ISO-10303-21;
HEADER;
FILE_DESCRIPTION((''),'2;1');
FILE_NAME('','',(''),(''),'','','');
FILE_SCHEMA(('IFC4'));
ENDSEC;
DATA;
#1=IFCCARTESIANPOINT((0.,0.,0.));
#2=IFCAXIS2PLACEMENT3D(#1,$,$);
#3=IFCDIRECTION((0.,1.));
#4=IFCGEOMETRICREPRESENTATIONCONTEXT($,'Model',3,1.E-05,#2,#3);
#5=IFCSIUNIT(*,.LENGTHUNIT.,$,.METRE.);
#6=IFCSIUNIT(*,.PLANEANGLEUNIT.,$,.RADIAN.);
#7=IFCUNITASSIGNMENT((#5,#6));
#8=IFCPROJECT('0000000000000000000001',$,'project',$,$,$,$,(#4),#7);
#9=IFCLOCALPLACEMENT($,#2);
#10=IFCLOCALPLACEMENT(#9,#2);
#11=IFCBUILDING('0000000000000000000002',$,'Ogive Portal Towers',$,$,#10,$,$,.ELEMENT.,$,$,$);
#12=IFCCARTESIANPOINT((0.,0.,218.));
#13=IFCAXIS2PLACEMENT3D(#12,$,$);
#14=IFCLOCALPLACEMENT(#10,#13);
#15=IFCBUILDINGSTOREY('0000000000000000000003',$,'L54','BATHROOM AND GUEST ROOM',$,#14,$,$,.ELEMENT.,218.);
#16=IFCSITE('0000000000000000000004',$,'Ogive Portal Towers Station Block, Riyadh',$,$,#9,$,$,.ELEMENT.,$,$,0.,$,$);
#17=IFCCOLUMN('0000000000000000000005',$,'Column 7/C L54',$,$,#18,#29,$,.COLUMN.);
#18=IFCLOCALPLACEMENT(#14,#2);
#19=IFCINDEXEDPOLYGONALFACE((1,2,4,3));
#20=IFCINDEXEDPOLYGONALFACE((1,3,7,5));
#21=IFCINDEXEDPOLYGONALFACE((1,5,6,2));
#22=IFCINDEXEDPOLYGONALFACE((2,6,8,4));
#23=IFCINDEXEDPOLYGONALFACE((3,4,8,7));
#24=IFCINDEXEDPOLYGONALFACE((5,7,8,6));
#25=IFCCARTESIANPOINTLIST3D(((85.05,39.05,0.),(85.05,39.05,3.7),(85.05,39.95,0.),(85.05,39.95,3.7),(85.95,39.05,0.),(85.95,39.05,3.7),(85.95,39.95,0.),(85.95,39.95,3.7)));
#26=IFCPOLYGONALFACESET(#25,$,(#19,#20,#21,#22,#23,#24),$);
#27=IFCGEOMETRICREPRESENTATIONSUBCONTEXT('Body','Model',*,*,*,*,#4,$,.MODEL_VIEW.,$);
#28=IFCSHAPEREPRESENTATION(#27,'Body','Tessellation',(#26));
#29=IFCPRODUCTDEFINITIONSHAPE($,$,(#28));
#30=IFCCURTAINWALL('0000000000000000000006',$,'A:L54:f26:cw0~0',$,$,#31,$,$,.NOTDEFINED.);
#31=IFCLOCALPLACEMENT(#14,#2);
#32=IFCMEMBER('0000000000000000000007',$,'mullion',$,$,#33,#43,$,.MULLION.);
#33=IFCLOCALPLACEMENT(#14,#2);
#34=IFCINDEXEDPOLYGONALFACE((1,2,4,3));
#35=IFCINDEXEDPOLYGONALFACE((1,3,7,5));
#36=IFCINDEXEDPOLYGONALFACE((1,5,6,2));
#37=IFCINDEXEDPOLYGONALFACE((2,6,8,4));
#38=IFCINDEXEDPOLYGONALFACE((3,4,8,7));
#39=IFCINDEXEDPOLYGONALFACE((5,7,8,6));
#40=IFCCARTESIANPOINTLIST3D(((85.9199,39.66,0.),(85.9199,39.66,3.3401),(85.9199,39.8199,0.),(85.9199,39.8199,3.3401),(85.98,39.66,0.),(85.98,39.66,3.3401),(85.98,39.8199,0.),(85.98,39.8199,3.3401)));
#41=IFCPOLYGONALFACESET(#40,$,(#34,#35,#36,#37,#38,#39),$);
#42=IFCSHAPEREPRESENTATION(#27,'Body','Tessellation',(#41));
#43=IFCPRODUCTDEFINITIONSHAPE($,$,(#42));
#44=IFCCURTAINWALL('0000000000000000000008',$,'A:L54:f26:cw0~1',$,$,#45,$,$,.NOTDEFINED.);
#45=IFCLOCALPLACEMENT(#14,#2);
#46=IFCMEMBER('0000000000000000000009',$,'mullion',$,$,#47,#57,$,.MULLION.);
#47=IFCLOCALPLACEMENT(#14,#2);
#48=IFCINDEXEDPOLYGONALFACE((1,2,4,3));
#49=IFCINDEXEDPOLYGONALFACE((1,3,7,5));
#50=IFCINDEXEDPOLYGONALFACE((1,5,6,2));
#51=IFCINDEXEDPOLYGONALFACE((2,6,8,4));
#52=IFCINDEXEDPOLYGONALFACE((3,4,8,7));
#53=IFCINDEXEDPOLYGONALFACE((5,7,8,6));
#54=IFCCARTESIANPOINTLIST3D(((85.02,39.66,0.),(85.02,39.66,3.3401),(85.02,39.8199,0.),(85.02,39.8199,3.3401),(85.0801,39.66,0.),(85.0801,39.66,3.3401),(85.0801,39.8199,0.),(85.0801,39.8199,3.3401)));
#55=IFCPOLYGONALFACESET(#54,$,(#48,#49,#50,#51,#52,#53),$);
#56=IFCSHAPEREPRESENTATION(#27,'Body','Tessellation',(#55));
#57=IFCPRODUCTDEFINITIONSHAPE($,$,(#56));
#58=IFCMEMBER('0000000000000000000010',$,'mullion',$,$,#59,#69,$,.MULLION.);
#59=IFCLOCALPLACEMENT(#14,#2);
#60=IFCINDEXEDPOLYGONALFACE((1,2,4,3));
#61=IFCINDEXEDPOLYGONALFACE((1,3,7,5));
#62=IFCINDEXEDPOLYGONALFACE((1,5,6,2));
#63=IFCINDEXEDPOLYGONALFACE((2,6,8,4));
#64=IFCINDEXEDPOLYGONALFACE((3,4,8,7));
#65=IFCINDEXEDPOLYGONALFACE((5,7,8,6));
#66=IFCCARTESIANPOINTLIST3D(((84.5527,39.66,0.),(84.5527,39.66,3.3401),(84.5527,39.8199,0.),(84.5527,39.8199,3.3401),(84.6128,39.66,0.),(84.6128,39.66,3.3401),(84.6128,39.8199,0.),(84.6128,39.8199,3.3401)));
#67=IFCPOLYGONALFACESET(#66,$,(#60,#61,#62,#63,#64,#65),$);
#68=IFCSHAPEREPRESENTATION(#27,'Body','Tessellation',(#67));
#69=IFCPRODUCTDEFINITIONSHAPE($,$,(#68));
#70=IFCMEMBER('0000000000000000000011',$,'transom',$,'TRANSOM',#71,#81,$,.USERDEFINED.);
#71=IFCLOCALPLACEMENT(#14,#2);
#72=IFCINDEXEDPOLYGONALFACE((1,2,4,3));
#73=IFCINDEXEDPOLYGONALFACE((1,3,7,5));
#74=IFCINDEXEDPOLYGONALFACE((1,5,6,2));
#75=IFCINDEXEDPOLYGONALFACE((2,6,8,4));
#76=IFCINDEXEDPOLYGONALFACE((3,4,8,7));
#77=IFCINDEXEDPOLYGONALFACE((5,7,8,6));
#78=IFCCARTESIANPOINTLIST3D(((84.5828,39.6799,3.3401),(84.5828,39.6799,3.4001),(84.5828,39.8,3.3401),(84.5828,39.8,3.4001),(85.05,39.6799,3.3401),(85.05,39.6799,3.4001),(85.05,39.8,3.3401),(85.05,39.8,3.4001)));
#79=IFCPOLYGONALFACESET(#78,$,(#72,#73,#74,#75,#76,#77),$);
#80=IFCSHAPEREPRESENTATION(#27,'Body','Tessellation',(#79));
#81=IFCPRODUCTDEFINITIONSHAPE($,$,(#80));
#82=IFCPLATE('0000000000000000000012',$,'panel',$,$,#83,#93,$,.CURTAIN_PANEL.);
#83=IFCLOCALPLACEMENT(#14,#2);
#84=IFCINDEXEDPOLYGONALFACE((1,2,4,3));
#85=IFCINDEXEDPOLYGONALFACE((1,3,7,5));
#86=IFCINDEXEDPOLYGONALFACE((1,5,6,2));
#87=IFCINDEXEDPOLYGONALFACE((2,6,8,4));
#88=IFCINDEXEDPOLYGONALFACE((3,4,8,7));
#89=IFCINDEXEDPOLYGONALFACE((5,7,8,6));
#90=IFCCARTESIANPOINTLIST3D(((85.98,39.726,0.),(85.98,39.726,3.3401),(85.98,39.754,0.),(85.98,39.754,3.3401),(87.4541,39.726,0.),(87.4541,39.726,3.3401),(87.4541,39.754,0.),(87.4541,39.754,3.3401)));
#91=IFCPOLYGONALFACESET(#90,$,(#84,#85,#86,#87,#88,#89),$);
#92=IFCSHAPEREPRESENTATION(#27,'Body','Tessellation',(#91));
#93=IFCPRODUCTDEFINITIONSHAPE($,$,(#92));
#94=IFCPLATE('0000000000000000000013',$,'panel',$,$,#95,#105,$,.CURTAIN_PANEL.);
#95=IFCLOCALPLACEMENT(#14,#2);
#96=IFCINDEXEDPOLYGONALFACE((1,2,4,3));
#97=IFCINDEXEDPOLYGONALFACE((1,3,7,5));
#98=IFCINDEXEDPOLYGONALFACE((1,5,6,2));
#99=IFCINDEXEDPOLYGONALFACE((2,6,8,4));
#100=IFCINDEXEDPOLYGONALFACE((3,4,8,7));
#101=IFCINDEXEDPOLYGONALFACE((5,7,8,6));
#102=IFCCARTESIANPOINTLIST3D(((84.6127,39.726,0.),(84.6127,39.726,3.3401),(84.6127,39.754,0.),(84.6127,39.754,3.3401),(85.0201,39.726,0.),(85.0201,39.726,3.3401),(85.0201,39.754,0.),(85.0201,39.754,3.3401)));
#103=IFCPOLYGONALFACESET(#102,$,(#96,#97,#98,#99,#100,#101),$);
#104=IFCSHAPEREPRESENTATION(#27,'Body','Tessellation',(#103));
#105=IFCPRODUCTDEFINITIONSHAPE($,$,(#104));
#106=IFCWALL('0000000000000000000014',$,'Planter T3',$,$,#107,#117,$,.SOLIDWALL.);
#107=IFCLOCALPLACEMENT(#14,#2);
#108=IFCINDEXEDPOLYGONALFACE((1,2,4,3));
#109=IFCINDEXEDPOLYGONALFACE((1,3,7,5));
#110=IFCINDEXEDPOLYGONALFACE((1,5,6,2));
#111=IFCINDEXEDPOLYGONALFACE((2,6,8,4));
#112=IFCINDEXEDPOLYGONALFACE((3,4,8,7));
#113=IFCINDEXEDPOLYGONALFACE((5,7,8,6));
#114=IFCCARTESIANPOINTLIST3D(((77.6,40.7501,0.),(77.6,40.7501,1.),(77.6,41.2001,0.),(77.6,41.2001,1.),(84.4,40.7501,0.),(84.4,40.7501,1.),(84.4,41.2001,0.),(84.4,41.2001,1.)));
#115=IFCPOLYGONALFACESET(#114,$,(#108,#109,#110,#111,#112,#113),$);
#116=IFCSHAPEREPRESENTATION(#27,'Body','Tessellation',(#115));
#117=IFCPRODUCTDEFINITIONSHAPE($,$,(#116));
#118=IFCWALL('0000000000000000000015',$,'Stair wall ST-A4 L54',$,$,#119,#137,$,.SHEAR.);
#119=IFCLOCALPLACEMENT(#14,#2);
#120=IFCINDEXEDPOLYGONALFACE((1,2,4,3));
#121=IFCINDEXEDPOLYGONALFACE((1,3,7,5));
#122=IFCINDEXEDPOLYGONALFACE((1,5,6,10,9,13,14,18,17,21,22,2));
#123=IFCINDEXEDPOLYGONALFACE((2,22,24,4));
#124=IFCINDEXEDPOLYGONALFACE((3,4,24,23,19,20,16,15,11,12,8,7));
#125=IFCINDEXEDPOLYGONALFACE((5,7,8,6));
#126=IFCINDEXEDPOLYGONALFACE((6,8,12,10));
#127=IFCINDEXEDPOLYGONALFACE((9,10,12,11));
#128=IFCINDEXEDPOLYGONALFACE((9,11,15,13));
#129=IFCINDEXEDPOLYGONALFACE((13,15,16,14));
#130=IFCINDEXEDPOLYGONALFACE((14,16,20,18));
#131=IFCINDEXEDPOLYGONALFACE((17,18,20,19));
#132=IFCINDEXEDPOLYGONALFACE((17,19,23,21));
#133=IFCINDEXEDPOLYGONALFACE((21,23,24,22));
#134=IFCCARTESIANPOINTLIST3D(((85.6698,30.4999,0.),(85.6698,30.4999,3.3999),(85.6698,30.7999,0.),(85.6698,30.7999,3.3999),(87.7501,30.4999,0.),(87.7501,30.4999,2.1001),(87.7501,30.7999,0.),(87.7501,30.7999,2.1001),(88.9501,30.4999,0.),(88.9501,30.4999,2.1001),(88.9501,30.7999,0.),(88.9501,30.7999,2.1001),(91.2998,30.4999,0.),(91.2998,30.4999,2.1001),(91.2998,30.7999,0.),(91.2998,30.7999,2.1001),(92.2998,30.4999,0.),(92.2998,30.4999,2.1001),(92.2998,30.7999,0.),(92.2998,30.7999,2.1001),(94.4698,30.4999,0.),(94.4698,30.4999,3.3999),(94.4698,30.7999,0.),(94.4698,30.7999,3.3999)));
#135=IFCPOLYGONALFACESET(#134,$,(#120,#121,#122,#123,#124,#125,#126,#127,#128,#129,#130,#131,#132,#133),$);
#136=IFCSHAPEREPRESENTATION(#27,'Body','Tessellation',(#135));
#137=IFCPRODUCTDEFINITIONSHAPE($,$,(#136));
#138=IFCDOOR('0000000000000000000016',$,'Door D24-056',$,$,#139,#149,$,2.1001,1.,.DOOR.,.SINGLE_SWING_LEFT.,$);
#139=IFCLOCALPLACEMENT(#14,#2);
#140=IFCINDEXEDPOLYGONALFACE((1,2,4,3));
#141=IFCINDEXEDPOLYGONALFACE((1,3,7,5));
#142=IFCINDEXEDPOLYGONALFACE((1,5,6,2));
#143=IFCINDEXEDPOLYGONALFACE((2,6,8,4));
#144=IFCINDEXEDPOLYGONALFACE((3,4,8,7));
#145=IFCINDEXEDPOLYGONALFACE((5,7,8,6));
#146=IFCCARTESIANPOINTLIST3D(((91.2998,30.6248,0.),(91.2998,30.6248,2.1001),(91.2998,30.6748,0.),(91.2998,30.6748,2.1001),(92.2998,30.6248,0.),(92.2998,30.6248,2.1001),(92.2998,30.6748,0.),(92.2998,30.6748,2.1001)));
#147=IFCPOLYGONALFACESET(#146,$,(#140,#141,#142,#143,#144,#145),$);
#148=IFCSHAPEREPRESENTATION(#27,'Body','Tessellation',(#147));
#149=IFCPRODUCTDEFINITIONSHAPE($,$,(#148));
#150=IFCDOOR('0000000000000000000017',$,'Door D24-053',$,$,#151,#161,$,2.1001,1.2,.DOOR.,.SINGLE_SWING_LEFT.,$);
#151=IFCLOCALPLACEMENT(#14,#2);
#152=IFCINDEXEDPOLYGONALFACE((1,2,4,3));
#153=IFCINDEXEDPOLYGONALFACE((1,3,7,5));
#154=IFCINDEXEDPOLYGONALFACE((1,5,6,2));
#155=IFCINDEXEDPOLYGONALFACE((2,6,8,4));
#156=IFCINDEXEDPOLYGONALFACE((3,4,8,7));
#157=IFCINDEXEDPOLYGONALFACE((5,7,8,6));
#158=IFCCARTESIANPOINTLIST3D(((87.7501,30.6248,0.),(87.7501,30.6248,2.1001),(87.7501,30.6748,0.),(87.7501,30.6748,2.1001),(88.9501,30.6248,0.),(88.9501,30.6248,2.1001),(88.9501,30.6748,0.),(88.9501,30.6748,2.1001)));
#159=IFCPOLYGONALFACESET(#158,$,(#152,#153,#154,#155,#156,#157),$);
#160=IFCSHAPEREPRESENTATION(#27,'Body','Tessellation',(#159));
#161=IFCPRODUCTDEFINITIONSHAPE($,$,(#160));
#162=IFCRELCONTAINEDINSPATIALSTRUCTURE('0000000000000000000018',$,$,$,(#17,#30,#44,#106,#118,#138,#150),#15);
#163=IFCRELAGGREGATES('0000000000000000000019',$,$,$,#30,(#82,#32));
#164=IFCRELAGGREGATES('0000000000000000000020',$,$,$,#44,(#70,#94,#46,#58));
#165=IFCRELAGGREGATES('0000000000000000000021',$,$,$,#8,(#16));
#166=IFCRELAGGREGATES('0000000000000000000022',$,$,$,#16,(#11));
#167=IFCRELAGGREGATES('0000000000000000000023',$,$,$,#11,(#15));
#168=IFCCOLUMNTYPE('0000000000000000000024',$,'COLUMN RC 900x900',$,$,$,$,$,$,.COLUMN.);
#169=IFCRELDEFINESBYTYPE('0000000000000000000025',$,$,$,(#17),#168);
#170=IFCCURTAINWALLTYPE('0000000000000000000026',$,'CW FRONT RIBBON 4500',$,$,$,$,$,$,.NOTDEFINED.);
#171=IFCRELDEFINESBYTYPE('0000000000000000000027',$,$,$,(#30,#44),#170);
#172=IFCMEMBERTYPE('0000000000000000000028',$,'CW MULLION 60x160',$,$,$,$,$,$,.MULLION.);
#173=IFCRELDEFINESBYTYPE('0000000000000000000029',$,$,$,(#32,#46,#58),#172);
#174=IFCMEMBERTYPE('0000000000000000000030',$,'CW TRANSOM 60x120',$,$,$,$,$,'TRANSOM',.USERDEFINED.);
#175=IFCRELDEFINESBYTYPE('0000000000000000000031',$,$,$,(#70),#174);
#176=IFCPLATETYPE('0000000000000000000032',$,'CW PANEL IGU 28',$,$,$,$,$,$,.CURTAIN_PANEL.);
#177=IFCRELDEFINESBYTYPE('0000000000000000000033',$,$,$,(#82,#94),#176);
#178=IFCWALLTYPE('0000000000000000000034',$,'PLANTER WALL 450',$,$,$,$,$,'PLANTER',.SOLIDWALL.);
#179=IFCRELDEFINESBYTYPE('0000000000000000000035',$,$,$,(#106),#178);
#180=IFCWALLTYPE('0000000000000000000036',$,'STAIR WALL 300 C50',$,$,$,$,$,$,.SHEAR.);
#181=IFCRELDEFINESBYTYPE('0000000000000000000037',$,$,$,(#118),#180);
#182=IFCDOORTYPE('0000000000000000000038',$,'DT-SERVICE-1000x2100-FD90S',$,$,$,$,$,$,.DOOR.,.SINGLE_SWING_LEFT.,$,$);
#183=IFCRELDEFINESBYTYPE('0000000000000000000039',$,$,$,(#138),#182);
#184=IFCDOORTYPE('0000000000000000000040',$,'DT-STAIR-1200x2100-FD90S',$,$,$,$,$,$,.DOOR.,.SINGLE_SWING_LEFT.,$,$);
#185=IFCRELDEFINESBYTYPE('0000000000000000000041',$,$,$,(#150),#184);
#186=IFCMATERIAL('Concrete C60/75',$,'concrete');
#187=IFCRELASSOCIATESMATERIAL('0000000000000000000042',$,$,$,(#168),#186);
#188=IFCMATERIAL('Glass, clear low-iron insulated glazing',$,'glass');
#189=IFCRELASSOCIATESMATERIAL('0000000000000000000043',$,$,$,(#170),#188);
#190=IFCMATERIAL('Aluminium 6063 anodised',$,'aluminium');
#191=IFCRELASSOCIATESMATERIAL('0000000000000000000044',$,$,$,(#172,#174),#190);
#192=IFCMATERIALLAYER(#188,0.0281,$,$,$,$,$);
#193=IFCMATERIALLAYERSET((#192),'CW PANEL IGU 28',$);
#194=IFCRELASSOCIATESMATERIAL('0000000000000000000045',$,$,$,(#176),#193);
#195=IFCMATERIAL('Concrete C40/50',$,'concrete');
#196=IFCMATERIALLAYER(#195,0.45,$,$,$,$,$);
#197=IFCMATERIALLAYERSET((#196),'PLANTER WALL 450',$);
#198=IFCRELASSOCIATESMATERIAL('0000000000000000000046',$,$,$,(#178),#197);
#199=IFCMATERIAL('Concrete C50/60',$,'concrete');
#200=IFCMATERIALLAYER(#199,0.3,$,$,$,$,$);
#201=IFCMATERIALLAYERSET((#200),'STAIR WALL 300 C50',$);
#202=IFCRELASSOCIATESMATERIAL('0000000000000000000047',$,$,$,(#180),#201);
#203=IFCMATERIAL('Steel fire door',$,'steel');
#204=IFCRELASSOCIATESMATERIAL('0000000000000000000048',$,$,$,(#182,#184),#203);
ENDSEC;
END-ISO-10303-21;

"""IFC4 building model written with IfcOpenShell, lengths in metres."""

from ifc_helpers import new_model, si_unit, direction, frame, frame_2d, origin, origin_2d, place, context, subcontext, project, spatial, rectangle, extrude, material, layer, layer_set, material_profile, profile_set, type_object, element, fill, aggregate, save


model = new_model("IFC4")

# Units and contexts
model_context = context("Model", 3, precision=1e-05, world=origin(), true_north=direction((0.0, 1.0)))
body_context = subcontext(model_context, "Body", "Model", "MODEL_VIEW")
ifc_project = project(units=[si_unit("LENGTHUNIT", "METRE"), si_unit("PLANEANGLEUNIT", "RADIAN")], contexts=[model_context])

# Site, building, storey
site_placement = place(None, origin())
site = spatial("IfcSite", under=ifc_project, at=site_placement, Name="Ogive Portal Towers Station Block, Riyadh", CompositionType="ELEMENT", RefElevation=0.0)
building_placement = place(site_placement, origin())
building = spatial("IfcBuilding", under=site, at=building_placement, Name="Ogive Portal Towers", CompositionType="ELEMENT")
storey_placement = place(building_placement, frame((0.0, 0.0, 218.0)))
storey = spatial("IfcBuildingStorey", under=building, at=storey_placement, Name="L54", Description="BATHROOM AND GUEST ROOM", CompositionType="ELEMENT", Elevation=218.0)

# Column
ifc_material_1 = material(Name="Concrete C60/75", Category="concrete")
ifc_material_profile_1 = material_profile(ifc_material_1, rectangle(XDim=0.8999, YDim=0.8999, at=origin_2d()), Name="RC 900x900")
ifc_profile_set_1 = profile_set([ifc_material_profile_1], Name="Concrete C60/75")
column_type = type_object("IfcColumnType", Name="COLUMN RC 900x900", PredefinedType="COLUMN", material=ifc_profile_set_1)
column_placement = place(storey_placement, frame((85.5, 39.5, 0.0), z_axis=(0.0, 0.0, 1.0), x_axis=(1.0, 0.0, 0.0)))
element("IfcColumn", 1, at=column_placement, inside=storey, type_object=column_type, Name="Column 7/C L54", PredefinedType="COLUMN", context=body_context, shape_type="SweptSolid", body=[
    extrude(rectangle(XDim=0.8999, YDim=0.8999, at=origin_2d()), origin(), (0.0, 0.0, 1.0), 3.7),
])

# Curtain wall, member
ifc_material_2 = material(Name="Glass, clear low-iron insulated glazing", Category="glass")
curtain_wall_type = type_object("IfcCurtainWallType", Name="CW FRONT RIBBON 4500", PredefinedType="NOTDEFINED", material=ifc_material_2)
curtain_wall_1_placement = place(storey_placement, origin())
curtain_wall_1 = element("IfcCurtainWall", 2, at=curtain_wall_1_placement, inside=storey, type_object=curtain_wall_type, Name="A:L54:f26:cw0~0", PredefinedType="NOTDEFINED")
ifc_material_3 = material(Name="Aluminium 6063 anodised", Category="aluminium")
ifc_material_profile_2 = material_profile(ifc_material_3, rectangle(XDim=0.1599, YDim=0.0601, at=origin_2d()), Name="AL 60x160")
ifc_profile_set_2 = profile_set([ifc_material_profile_2], Name="Aluminium 6063 anodised")
member_type_1 = type_object("IfcMemberType", Name="CW MULLION 60x160", PredefinedType="MULLION", material=ifc_profile_set_2)
member_1_placement = place(storey_placement, frame((85.95, 39.74, 0.0), z_axis=(0.0, 0.0, 1.0), x_axis=(0.0, -1.0, 0.0)))
member_1 = element("IfcMember", 3, at=member_1_placement, type_object=member_type_1, Name="mullion", PredefinedType="MULLION", context=body_context, shape_type="SweptSolid", body=[
    extrude(rectangle(XDim=0.1599, YDim=0.0601, at=origin_2d()), origin(), (0.0, 0.0, 1.0), 3.3401),
])

# Curtain wall, members
curtain_wall_2_placement = place(storey_placement, origin())
curtain_wall_2 = element("IfcCurtainWall", 4, at=curtain_wall_2_placement, inside=storey, type_object=curtain_wall_type, Name="A:L54:f26:cw0~1", PredefinedType="NOTDEFINED")
member_2_placement = place(storey_placement, frame((85.05, 39.74, 0.0), z_axis=(0.0, 0.0, 1.0), x_axis=(0.0, -1.0, 0.0)))
member_2 = element("IfcMember", 5, at=member_2_placement, type_object=member_type_1, Name="mullion", PredefinedType="MULLION", context=body_context, shape_type="SweptSolid", body=[
    extrude(rectangle(XDim=0.1599, YDim=0.0601, at=origin_2d()), origin(), (0.0, 0.0, 1.0), 3.3401),
])
member_3_placement = place(storey_placement, frame((84.5828, 39.74, 0.0), z_axis=(0.0, 0.0, 1.0), x_axis=(0.0, -1.0, 0.0)))
member_3 = element("IfcMember", 6, at=member_3_placement, type_object=member_type_1, Name="mullion", PredefinedType="MULLION", context=body_context, shape_type="SweptSolid", body=[
    extrude(rectangle(XDim=0.1599, YDim=0.0601, at=origin_2d()), origin(), (0.0, 0.0, 1.0), 3.3401),
])
ifc_material_profile_3 = material_profile(ifc_material_3, rectangle(XDim=0.1201, YDim=0.0601, at=origin_2d()), Name="AL 120x60")
ifc_profile_set_3 = profile_set([ifc_material_profile_3], Name="Aluminium 6063 anodised")
member_type_2 = type_object("IfcMemberType", Name="CW TRANSOM 60x120", ElementType="TRANSOM", PredefinedType="USERDEFINED", material=ifc_profile_set_3)
member_4_placement = place(storey_placement, frame((85.05, 39.74, 3.3701), z_axis=(-1.0, 0.0, 0.0), x_axis=(0.0, -1.0, 0.0)))
member_4 = element("IfcMember", 7, at=member_4_placement, type_object=member_type_2, Name="transom", ObjectType="TRANSOM", PredefinedType="USERDEFINED", context=body_context, shape_type="SweptSolid", body=[
    extrude(rectangle(XDim=0.1201, YDim=0.0601, at=origin_2d()), origin(), (0.0, 0.0, 1.0), 0.4673),
])

# Plates
ifc_layer_1 = layer(ifc_material_2, 0.0281)
ifc_layer_set_1 = layer_set([ifc_layer_1], Name="CW PANEL IGU 28")
plate_type = type_object("IfcPlateType", Name="CW PANEL IGU 28", PredefinedType="CURTAIN_PANEL", material=ifc_layer_set_1)
plate_1_placement = place(storey_placement, frame((86.717, 39.74, 0.0), z_axis=(0.0, 0.0, 1.0), x_axis=(-1.0, 0.0, 0.0)))
plate_1 = element("IfcPlate", 8, at=plate_1_placement, type_object=plate_type, Name="panel", PredefinedType="CURTAIN_PANEL", context=body_context, shape_type="SweptSolid", body=[
    extrude(rectangle(XDim=1.4741, YDim=0.0281, at=origin_2d()), origin(), (0.0, 0.0, 1.0), 3.3401),
])
aggregate(curtain_wall_1, [plate_1, member_1])
plate_2_placement = place(storey_placement, frame((84.8164, 39.74, 0.0), z_axis=(0.0, 0.0, 1.0), x_axis=(-1.0, 0.0, 0.0)))
plate_2 = element("IfcPlate", 9, at=plate_2_placement, type_object=plate_type, Name="panel", PredefinedType="CURTAIN_PANEL", context=body_context, shape_type="SweptSolid", body=[
    extrude(rectangle(XDim=0.4075, YDim=0.0281, at=origin_2d()), origin(), (0.0, 0.0, 1.0), 3.3401),
])
aggregate(curtain_wall_2, [member_4, plate_2, member_2, member_3])

# Wall
ifc_material_4 = material(Name="Concrete C40/50", Category="concrete")
ifc_layer_2 = layer(ifc_material_4, 0.45)
ifc_layer_set_2 = layer_set([ifc_layer_2], Name="PLANTER WALL 450")
wall_type_1 = type_object("IfcWallType", Name="PLANTER WALL 450", ElementType="PLANTER", PredefinedType="SOLIDWALL", material=ifc_layer_set_2)
wall_1_placement = place(storey_placement, frame((81.0, 40.9751, 0.0), z_axis=(0.0, 0.0, 1.0), x_axis=(1.0, 0.0, 0.0)))
element("IfcWall", 10, at=wall_1_placement, inside=storey, type_object=wall_type_1, Name="Planter T3", PredefinedType="SOLIDWALL", context=body_context, shape_type="SweptSolid", body=[
    extrude(rectangle(XDim=6.8, YDim=0.45, at=origin_2d()), origin(), (0.0, 0.0, 1.0), 1.0),
])

# Wall, openings, doors
ifc_material_5 = material(Name="Concrete C50/60", Category="concrete")
ifc_layer_3 = layer(ifc_material_5, 0.3)
ifc_layer_set_3 = layer_set([ifc_layer_3], Name="STAIR WALL 300 C50")
wall_type_2 = type_object("IfcWallType", Name="STAIR WALL 300 C50", PredefinedType="SHEAR", material=ifc_layer_set_3)
wall_2_placement = place(storey_placement, frame((85.6699, 30.6499, 0.0), z_axis=(0.0, 0.0, 1.0), x_axis=(1.0, 0.0, 0.0)))
wall_2 = element("IfcWall", 11, at=wall_2_placement, inside=storey, type_object=wall_type_2, Name="Stair wall ST-A4 L54", PredefinedType="SHEAR", context=body_context, shape_type="SweptSolid", body=[
    extrude(rectangle(XDim=8.8, YDim=0.3, at=frame_2d((4.3999, 0.0))), origin(), (0.0, 0.0, 1.0), 3.3999),
])
opening_1_placement = place(wall_2_placement, frame((2.0801, 0.0, 0.0)))
opening_1 = element("IfcOpeningElement", 12, at=opening_1_placement, cuts=wall_2, PredefinedType="OPENING", context=body_context, shape_type="SweptSolid", body=[
    extrude(rectangle(XDim=1.2, YDim=2.1001, at=frame_2d((0.6001, 1.05))), frame((0.0, 0.1602, 0.0), z_axis=(0.0, -1.0, 0.0), x_axis=(1.0, 0.0, 0.0)), (0.0, 0.0, 1.0), 0.3201),
])
opening_2_placement = place(wall_2_placement, frame((5.6299, 0.0, 0.0)))
opening_2 = element("IfcOpeningElement", 13, at=opening_2_placement, cuts=wall_2, PredefinedType="OPENING", context=body_context, shape_type="SweptSolid", body=[
    extrude(rectangle(XDim=1.0, YDim=2.1001, at=frame_2d((0.5, 1.05))), frame((0.0, 0.1602, 0.0), z_axis=(0.0, -1.0, 0.0), x_axis=(1.0, 0.0, 0.0)), (0.0, 0.0, 1.0), 0.3201),
])
ifc_material_6 = material(Name="Steel fire door", Category="steel")
door_type_1 = type_object("IfcDoorType", Name="DT-SERVICE-1000x2100-FD90S", OperationType="SINGLE_SWING_LEFT", PredefinedType="DOOR", material=ifc_material_6)
door_1_placement = place(opening_2_placement, origin())
door_1 = element("IfcDoor", 14, at=door_1_placement, inside=storey, type_object=door_type_1, Name="Door D24-056", OperationType="SINGLE_SWING_LEFT", OverallHeight=2.1001, OverallWidth=1.0, PredefinedType="DOOR", context=body_context, shape_type="SweptSolid", body=[
    extrude(rectangle(XDim=1.0, YDim=2.1001, at=frame_2d((0.5, 1.05))), frame((0.0, 0.0249, 0.0), z_axis=(0.0, -1.0, 0.0), x_axis=(1.0, 0.0, 0.0)), (0.0, 0.0, 1.0), 0.05),
])
fill(opening_2, door_1)
door_type_2 = type_object("IfcDoorType", Name="DT-STAIR-1200x2100-FD90S", OperationType="SINGLE_SWING_LEFT", PredefinedType="DOOR", material=ifc_material_6)
door_2_placement = place(opening_1_placement, origin())
door_2 = element("IfcDoor", 15, at=door_2_placement, inside=storey, type_object=door_type_2, Name="Door D24-053", OperationType="SINGLE_SWING_LEFT", OverallHeight=2.1001, OverallWidth=1.2, PredefinedType="DOOR", context=body_context, shape_type="SweptSolid", body=[
    extrude(rectangle(XDim=1.2, YDim=2.1001, at=frame_2d((0.6001, 1.05))), frame((0.0, 0.0249, 0.0), z_axis=(0.0, -1.0, 0.0), x_axis=(1.0, 0.0, 0.0)), (0.0, 0.0, 1.0), 0.05),
])
fill(opening_1, door_2)

save(model, "model.ifc")
